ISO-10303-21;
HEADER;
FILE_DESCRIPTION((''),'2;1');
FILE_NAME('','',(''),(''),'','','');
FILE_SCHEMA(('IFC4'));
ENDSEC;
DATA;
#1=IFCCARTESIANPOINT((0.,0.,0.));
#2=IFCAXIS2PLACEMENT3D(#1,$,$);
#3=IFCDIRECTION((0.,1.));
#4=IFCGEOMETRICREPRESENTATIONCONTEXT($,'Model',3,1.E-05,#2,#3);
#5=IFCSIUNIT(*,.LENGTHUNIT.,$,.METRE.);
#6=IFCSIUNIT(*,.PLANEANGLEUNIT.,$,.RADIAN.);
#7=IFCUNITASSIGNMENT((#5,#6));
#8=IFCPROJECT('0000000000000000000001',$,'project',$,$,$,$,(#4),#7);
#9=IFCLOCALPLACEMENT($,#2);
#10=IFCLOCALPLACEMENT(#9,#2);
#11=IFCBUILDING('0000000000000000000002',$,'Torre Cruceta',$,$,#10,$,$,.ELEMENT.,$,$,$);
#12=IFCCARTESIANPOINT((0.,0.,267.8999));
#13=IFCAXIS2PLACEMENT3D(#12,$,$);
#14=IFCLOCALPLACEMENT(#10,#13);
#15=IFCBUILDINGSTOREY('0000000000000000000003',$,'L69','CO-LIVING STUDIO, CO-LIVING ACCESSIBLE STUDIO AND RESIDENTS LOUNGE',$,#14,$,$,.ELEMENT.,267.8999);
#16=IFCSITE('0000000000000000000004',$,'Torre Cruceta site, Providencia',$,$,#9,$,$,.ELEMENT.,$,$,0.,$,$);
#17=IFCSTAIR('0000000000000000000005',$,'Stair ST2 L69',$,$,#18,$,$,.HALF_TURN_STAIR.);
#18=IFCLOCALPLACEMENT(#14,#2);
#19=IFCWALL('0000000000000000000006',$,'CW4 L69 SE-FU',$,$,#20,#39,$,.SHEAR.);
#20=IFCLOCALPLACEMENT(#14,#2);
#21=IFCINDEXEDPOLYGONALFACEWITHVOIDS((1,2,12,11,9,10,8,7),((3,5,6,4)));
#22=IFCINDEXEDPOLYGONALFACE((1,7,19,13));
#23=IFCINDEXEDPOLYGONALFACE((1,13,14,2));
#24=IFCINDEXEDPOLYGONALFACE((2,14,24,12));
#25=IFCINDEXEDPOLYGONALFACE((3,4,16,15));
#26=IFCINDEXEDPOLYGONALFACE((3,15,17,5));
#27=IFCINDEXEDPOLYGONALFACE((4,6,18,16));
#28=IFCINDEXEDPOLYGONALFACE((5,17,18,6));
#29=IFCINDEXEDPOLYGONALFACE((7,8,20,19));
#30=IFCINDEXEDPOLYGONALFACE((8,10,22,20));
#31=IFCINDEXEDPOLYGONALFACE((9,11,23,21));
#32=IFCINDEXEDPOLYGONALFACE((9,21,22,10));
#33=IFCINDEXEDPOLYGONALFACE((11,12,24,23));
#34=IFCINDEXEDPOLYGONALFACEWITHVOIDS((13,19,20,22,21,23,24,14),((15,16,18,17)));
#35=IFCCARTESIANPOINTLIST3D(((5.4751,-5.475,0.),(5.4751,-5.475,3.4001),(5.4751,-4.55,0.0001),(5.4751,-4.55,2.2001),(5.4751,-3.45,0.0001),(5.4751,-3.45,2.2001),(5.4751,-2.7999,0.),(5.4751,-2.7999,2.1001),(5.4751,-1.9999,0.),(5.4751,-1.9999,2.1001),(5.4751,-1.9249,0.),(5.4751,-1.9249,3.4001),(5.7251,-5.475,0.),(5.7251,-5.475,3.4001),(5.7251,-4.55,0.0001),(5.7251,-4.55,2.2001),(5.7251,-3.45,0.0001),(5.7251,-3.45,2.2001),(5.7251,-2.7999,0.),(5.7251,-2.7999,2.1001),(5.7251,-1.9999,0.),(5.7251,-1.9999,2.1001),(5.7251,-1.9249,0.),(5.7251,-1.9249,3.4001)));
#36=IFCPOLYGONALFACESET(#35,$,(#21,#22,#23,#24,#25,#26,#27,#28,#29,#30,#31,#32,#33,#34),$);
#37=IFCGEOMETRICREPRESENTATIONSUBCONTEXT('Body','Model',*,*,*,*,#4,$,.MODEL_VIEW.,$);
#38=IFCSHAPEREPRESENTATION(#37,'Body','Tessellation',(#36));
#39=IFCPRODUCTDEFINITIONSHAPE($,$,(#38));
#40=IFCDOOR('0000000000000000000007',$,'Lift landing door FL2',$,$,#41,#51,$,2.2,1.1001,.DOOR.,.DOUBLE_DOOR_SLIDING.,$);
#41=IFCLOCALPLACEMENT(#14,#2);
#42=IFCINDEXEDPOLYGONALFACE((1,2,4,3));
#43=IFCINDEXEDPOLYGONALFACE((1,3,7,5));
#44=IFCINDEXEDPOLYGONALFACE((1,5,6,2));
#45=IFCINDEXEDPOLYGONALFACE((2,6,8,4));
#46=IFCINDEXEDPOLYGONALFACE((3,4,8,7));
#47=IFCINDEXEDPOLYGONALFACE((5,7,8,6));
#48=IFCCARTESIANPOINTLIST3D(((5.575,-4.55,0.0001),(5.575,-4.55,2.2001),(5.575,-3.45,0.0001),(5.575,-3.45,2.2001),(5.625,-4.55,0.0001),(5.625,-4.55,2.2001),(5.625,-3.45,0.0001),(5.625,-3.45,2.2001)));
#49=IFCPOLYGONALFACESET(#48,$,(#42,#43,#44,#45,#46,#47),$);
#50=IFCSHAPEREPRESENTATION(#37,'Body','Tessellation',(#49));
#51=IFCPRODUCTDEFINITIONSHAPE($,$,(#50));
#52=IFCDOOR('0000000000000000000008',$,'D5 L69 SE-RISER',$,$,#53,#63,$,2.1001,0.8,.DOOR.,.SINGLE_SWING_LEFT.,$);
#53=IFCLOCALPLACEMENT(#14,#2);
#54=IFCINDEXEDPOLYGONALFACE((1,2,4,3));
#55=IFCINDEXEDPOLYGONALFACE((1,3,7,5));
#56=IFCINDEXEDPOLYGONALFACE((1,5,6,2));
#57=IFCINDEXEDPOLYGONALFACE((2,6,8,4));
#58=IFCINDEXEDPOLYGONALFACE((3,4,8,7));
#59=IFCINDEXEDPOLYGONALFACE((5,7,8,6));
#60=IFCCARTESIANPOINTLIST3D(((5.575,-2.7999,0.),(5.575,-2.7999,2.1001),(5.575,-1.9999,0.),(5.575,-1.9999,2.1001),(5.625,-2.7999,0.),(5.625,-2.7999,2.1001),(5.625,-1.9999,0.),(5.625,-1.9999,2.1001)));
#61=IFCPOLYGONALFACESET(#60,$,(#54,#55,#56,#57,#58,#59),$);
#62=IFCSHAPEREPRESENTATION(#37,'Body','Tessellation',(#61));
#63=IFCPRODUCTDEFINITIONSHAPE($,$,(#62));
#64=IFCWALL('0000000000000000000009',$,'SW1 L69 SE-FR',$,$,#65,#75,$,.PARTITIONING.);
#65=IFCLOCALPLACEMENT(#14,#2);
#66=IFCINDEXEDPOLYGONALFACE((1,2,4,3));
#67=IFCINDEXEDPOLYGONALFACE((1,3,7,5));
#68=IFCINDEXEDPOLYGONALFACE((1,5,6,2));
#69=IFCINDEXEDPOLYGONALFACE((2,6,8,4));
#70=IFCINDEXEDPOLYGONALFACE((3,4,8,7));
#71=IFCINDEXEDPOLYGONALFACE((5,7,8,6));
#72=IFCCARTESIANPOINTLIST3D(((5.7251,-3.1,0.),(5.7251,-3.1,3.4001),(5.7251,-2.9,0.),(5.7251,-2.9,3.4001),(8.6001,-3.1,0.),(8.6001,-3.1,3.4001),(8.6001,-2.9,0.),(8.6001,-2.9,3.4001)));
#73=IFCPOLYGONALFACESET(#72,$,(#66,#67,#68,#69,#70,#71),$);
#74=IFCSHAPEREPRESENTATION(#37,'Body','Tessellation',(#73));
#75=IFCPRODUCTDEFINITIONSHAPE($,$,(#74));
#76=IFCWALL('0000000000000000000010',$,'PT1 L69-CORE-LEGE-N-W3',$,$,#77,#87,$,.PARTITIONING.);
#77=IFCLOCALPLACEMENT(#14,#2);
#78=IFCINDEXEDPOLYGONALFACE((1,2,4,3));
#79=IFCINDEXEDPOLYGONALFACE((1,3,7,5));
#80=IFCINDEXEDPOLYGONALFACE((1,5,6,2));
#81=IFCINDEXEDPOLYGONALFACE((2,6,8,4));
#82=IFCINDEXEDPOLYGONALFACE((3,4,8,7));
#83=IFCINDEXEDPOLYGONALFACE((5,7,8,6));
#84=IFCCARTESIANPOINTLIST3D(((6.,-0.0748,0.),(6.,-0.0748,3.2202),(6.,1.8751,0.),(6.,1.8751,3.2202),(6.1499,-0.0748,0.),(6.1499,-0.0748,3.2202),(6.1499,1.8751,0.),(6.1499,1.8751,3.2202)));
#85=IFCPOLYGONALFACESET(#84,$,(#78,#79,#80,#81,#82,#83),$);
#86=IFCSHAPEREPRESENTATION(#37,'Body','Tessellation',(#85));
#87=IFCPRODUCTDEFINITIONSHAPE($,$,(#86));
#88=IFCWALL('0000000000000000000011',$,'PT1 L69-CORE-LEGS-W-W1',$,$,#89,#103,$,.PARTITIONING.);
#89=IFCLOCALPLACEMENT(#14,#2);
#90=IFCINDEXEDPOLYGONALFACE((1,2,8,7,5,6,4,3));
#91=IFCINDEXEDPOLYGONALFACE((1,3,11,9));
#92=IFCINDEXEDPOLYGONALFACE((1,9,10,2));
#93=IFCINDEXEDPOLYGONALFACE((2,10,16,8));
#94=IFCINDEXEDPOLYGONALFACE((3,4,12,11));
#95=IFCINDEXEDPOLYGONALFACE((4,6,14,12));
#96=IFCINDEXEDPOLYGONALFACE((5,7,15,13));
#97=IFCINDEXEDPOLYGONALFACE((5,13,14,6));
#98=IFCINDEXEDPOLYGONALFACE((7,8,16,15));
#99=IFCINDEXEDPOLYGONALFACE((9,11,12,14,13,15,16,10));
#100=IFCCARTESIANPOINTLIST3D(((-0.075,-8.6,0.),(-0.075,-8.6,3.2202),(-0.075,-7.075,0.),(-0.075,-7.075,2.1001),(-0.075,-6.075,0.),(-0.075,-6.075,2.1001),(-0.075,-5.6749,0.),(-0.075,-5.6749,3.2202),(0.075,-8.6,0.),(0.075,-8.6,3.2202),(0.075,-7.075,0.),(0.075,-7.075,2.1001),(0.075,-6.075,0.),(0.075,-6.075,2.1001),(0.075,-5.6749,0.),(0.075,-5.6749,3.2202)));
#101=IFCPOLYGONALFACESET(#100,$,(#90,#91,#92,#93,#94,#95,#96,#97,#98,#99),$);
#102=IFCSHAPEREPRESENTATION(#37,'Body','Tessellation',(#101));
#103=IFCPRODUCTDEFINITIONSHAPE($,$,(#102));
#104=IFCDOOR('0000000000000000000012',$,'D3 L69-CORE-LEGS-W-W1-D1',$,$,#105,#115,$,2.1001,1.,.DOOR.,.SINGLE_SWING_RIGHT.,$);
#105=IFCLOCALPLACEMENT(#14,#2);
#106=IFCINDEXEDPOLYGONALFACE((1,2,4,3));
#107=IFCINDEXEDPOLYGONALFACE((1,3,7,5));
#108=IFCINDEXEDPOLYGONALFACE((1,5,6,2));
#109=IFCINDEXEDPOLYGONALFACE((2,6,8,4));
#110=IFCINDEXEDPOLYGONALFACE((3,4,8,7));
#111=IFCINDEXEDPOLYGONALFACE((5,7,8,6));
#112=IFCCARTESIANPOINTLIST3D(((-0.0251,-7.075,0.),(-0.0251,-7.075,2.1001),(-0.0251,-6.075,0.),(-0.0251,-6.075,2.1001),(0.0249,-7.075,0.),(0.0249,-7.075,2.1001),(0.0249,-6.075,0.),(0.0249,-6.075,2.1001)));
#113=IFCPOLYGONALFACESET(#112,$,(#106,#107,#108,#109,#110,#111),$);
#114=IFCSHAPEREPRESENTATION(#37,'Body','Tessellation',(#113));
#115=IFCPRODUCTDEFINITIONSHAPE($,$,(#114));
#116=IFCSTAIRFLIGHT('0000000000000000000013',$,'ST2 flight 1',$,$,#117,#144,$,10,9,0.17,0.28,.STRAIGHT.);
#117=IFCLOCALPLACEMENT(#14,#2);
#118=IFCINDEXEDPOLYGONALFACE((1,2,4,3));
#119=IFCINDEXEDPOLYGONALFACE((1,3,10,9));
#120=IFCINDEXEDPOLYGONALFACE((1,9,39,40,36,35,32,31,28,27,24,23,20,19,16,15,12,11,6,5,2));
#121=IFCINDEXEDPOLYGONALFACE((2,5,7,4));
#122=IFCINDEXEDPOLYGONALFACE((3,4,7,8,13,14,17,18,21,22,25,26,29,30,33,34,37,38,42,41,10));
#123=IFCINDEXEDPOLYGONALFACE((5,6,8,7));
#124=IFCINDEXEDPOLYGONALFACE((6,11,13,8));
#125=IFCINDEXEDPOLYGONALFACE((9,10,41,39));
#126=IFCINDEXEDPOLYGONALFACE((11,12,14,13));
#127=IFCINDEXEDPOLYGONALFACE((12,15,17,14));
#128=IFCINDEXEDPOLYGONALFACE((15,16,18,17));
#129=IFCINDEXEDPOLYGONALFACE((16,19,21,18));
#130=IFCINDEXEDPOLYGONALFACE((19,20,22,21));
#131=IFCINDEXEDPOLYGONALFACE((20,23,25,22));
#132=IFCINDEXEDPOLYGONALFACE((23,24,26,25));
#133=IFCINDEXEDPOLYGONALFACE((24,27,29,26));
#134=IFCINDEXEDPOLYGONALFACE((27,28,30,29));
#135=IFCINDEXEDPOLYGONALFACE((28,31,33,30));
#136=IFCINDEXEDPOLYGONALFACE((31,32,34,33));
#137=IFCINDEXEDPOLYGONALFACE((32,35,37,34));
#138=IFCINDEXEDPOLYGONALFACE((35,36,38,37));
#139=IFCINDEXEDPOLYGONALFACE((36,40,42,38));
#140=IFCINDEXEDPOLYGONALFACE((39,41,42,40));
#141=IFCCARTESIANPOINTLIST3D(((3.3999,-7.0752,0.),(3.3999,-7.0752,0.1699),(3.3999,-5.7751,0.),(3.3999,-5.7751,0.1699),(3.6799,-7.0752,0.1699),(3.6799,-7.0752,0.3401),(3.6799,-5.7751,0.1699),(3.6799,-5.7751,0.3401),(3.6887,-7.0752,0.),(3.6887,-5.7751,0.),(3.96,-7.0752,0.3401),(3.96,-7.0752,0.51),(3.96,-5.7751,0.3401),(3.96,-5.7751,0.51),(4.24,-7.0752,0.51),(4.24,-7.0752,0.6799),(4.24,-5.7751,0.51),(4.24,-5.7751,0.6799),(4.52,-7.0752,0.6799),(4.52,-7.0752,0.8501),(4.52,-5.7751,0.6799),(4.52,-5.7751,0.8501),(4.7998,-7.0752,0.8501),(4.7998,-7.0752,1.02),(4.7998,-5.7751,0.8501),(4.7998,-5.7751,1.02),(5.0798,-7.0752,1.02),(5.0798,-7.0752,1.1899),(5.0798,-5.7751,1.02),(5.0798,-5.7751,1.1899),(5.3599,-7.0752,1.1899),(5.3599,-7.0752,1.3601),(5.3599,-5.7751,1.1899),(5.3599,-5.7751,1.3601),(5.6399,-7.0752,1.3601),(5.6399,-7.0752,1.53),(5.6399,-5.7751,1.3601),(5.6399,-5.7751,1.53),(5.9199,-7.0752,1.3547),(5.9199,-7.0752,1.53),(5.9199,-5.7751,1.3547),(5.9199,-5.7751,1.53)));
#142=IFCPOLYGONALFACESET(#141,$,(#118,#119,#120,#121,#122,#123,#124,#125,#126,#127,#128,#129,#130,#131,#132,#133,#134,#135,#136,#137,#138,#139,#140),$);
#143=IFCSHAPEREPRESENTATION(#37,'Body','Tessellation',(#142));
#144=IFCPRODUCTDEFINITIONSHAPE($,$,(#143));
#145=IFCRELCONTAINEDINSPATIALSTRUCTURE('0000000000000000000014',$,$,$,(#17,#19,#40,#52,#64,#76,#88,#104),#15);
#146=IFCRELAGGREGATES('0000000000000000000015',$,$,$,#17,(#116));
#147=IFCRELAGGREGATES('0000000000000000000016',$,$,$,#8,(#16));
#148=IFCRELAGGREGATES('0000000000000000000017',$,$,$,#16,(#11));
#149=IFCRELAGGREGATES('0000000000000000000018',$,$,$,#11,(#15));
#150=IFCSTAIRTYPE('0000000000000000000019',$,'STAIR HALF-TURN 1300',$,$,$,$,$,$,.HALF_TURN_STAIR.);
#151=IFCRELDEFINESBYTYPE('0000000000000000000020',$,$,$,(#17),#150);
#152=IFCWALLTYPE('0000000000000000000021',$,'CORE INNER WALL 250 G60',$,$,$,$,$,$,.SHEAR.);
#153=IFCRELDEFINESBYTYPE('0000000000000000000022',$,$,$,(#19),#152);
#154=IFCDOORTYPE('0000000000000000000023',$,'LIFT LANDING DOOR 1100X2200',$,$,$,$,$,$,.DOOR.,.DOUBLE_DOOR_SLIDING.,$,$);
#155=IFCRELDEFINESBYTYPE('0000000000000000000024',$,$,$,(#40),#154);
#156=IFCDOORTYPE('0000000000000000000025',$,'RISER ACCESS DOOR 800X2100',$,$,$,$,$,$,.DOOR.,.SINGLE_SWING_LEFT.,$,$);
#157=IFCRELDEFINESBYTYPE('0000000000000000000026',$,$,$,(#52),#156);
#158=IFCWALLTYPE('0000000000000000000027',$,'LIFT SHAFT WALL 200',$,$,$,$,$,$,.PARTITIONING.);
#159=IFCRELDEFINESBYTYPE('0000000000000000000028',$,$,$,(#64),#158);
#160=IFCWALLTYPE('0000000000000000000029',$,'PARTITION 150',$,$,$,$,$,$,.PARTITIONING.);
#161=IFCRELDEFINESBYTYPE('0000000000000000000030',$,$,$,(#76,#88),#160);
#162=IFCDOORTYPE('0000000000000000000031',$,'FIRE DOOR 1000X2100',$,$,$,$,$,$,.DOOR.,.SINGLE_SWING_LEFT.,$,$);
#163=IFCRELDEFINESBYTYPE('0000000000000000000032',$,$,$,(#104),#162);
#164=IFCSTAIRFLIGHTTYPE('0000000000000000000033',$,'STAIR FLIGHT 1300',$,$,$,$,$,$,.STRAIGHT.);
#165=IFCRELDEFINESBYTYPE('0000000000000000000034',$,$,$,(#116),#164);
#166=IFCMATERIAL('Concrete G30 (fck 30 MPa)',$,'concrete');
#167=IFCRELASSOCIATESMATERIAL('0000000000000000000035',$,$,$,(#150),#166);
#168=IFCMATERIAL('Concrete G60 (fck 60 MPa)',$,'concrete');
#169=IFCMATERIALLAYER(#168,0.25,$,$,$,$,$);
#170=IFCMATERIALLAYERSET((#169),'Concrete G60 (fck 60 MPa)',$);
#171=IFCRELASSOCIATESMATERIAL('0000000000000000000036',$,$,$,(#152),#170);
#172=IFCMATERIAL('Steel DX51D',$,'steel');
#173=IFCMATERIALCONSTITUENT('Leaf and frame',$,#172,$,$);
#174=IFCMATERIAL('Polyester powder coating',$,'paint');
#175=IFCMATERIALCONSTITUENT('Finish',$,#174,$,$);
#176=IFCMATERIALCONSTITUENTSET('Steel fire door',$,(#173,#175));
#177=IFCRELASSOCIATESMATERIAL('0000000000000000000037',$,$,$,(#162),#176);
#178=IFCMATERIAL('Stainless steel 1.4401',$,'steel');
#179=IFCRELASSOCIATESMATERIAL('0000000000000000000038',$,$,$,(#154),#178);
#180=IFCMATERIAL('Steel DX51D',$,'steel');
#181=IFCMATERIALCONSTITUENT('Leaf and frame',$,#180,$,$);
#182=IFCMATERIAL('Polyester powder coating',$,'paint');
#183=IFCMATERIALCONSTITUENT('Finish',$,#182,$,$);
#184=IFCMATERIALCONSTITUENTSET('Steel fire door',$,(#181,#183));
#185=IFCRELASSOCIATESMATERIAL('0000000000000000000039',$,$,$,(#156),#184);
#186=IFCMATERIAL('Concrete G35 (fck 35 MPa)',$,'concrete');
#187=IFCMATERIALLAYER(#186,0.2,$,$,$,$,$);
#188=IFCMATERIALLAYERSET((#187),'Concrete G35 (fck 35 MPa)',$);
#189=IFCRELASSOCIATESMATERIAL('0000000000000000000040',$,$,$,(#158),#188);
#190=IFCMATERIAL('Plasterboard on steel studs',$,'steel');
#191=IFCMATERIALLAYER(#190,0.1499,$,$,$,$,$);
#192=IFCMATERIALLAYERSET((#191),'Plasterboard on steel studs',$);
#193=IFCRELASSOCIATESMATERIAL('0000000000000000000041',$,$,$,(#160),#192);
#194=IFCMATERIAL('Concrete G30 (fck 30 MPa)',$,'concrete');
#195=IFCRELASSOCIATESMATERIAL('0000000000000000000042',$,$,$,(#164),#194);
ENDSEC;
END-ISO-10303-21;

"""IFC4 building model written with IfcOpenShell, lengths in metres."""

from ifc_helpers import new_model, si_unit, direction, frame, frame_2d, origin, place, context, subcontext, project, spatial, polyline, rectangle, outline, extrude, material, layer, layer_set, constituent, constituent_set, type_object, element, fill, aggregate, save


model = new_model("IFC4")

# Units and contexts
model_context = context("Model", 3, precision=1e-05, world=origin(), true_north=direction((0.0, 1.0)))
body_context = subcontext(model_context, "Body", "Model", "MODEL_VIEW")
ifc_project = project(units=[si_unit("LENGTHUNIT", "METRE"), si_unit("PLANEANGLEUNIT", "RADIAN")], contexts=[model_context])

# Site, building, storey
site_placement = place(None, origin())
site = spatial("IfcSite", under=ifc_project, at=site_placement, Name="Torre Cruceta site, Providencia", CompositionType="ELEMENT", RefElevation=0.0)
building_placement = place(site_placement, origin())
building = spatial("IfcBuilding", under=site, at=building_placement, Name="Torre Cruceta", CompositionType="ELEMENT")
storey_placement = place(building_placement, frame((0.0, 0.0, 267.8999)))
storey = spatial("IfcBuildingStorey", under=building, at=storey_placement, Name="L69", Description="CO-LIVING STUDIO, CO-LIVING ACCESSIBLE STUDIO AND RESIDENTS LOUNGE", CompositionType="ELEMENT", Elevation=267.8999)

# Stair
ifc_material_1 = material(Name="Concrete G30 (fck 30 MPa)", Category="concrete")
stair_type = type_object("IfcStairType", Name="STAIR HALF-TURN 1300", PredefinedType="HALF_TURN_STAIR", material=ifc_material_1)
stair_1_placement = place(storey_placement, origin())
stair_1 = element("IfcStair", 1, at=stair_1_placement, inside=storey, type_object=stair_type, Name="Stair ST2 L69", PredefinedType="HALF_TURN_STAIR")

# Shared definitions
ifc_material_2 = material(Name="Concrete G60 (fck 60 MPa)", Category="concrete")
ifc_layer_1 = layer(ifc_material_2, 0.25)
ifc_layer_set_1 = layer_set([ifc_layer_1], Name="Concrete G60 (fck 60 MPa)")
wall_type_1 = type_object("IfcWallType", Name="CORE INNER WALL 250 G60", PredefinedType="SHEAR", material=ifc_layer_set_1)
ifc_material_3 = material(Name="Steel DX51D", Category="steel")
ifc_constituent_1 = constituent(ifc_material_3, Name="Leaf and frame")
ifc_material_4 = material(Name="Polyester powder coating", Category="paint")
ifc_constituent_2 = constituent(ifc_material_4, Name="Finish")
ifc_constituent_set_1 = constituent_set(constituents=[ifc_constituent_1, ifc_constituent_2], Name="Steel fire door")
door_type_1 = type_object("IfcDoorType", Name="FIRE DOOR 1000X2100", OperationType="SINGLE_SWING_LEFT", PredefinedType="DOOR", material=ifc_constituent_set_1)

# Wall, openings, doors
wall_1_placement = place(storey_placement, frame((5.6001, -1.925, 0.0), z_axis=(0.0, 0.0, 1.0), x_axis=(0.0, -1.0, 0.0)))
wall_1 = element("IfcWall", 2, at=wall_1_placement, inside=storey, type_object=wall_type_1, Name="CW4 L69 SE-FU", PredefinedType="SHEAR", context=body_context, shape_type="SweptSolid", body=[
    extrude(rectangle(XDim=3.55, YDim=0.25, at=frame_2d((1.7749, 0.0))), origin(), (0.0, 0.0, 1.0), 3.4001),
])
opening_1_placement = place(wall_1_placement, frame((1.5249, 0.0, 0.0)))
opening_1 = element("IfcOpeningElement", 3, at=opening_1_placement, cuts=wall_1, PredefinedType="OPENING", context=body_context, shape_type="SweptSolid", body=[
    extrude(rectangle(XDim=1.1001, YDim=2.2, at=frame_2d((0.55, 1.1001))), frame((0.0, 0.135, 0.0), z_axis=(0.0, -1.0, 0.0), x_axis=(1.0, 0.0, 0.0)), (0.0, 0.0, 1.0), 0.27),
])
opening_2_placement = place(wall_1_placement, frame((0.075, 0.0, 0.0)))
opening_2 = element("IfcOpeningElement", 4, at=opening_2_placement, cuts=wall_1, PredefinedType="OPENING", context=body_context, shape_type="SweptSolid", body=[
    extrude(rectangle(XDim=0.8, YDim=2.1001, at=frame_2d((0.3999, 1.05))), frame((0.0, 0.135, 0.0), z_axis=(0.0, -1.0, 0.0), x_axis=(1.0, 0.0, 0.0)), (0.0, 0.0, 1.0), 0.27),
])
ifc_material_5 = material(Name="Stainless steel 1.4401", Category="steel")
door_type_2 = type_object("IfcDoorType", Name="LIFT LANDING DOOR 1100X2200", OperationType="DOUBLE_DOOR_SLIDING", PredefinedType="DOOR", material=ifc_material_5)
door_1_placement = place(opening_1_placement, origin())
door_1 = element("IfcDoor", 5, at=door_1_placement, inside=storey, type_object=door_type_2, Name="Lift landing door FL2", OperationType="DOUBLE_DOOR_SLIDING", OverallHeight=2.2, OverallWidth=1.1001, PredefinedType="DOOR", context=body_context, shape_type="SweptSolid", body=[
    extrude(rectangle(XDim=1.1001, YDim=2.2, at=frame_2d((0.55, 1.1001))), frame((0.0, 0.0249, 0.0), z_axis=(0.0, -1.0, 0.0), x_axis=(1.0, 0.0, 0.0)), (0.0, 0.0, 1.0), 0.05),
])
fill(opening_1, door_1)
ifc_material_6 = material(Name="Steel DX51D", Category="steel")
ifc_constituent_3 = constituent(ifc_material_6, Name="Leaf and frame")
ifc_material_7 = material(Name="Polyester powder coating", Category="paint")
ifc_constituent_4 = constituent(ifc_material_7, Name="Finish")
ifc_constituent_set_2 = constituent_set(constituents=[ifc_constituent_3, ifc_constituent_4], Name="Steel fire door")
door_type_3 = type_object("IfcDoorType", Name="RISER ACCESS DOOR 800X2100", OperationType="SINGLE_SWING_LEFT", PredefinedType="DOOR", material=ifc_constituent_set_2)
door_2_placement = place(opening_2_placement, origin())
door_2 = element("IfcDoor", 6, at=door_2_placement, inside=storey, type_object=door_type_3, Name="D5 L69 SE-RISER", OperationType="SINGLE_SWING_LEFT", OverallHeight=2.1001, OverallWidth=0.8, PredefinedType="DOOR", context=body_context, shape_type="SweptSolid", body=[
    extrude(rectangle(XDim=0.8, YDim=2.1001, at=frame_2d((0.3999, 1.05))), frame((0.0, 0.0249, 0.0), z_axis=(0.0, -1.0, 0.0), x_axis=(1.0, 0.0, 0.0)), (0.0, 0.0, 1.0), 0.05),
])
fill(opening_2, door_2)

# Walls
ifc_material_8 = material(Name="Concrete G35 (fck 35 MPa)", Category="concrete")
ifc_layer_2 = layer(ifc_material_8, 0.2)
ifc_layer_set_2 = layer_set([ifc_layer_2], Name="Concrete G35 (fck 35 MPa)")
wall_type_2 = type_object("IfcWallType", Name="LIFT SHAFT WALL 200", PredefinedType="PARTITIONING", material=ifc_layer_set_2)
wall_2_placement = place(storey_placement, frame((5.7251, -3.0, 0.0), z_axis=(0.0, 0.0, 1.0), x_axis=(1.0, 0.0, 0.0)))
element("IfcWall", 7, at=wall_2_placement, inside=storey, type_object=wall_type_2, Name="SW1 L69 SE-FR", PredefinedType="PARTITIONING", context=body_context, shape_type="SweptSolid", body=[
    extrude(rectangle(XDim=2.875, YDim=0.2, at=frame_2d((1.4375, 0.0))), origin(), (0.0, 0.0, 1.0), 3.4001),
])
ifc_material_9 = material(Name="Plasterboard on steel studs", Category="steel")
ifc_layer_3 = layer(ifc_material_9, 0.1499)
ifc_layer_set_3 = layer_set([ifc_layer_3], Name="Plasterboard on steel studs")
wall_type_3 = type_object("IfcWallType", Name="PARTITION 150", PredefinedType="PARTITIONING", material=ifc_layer_set_3)
wall_3_placement = place(storey_placement, frame((6.075, -0.075, 0.0), z_axis=(0.0, 0.0, 1.0), x_axis=(0.0, 1.0, 0.0)))
element("IfcWall", 8, at=wall_3_placement, inside=storey, type_object=wall_type_3, Name="PT1 L69-CORE-LEGE-N-W3", PredefinedType="PARTITIONING", context=body_context, shape_type="SweptSolid", body=[
    extrude(rectangle(XDim=1.95, YDim=0.1499, at=frame_2d((0.9751, 0.0))), origin(), (0.0, 0.0, 1.0), 3.2202),
])

# Wall, opening, door
wall_4_placement = place(storey_placement, frame((0.0, -5.675, 0.0), z_axis=(0.0, 0.0, 1.0), x_axis=(0.0, -1.0, 0.0)))
wall_4 = element("IfcWall", 9, at=wall_4_placement, inside=storey, type_object=wall_type_3, Name="PT1 L69-CORE-LEGS-W-W1", PredefinedType="PARTITIONING", context=body_context, shape_type="SweptSolid", body=[
    extrude(rectangle(XDim=2.925, YDim=0.1499, at=frame_2d((1.4624, 0.0))), origin(), (0.0, 0.0, 1.0), 3.2202),
])
opening_3_placement = place(wall_4_placement, frame((0.3999, 0.0, 0.0)))
opening_3 = element("IfcOpeningElement", 10, at=opening_3_placement, cuts=wall_4, PredefinedType="OPENING", context=body_context, shape_type="SweptSolid", body=[
    extrude(rectangle(XDim=1.0, YDim=2.1001, at=frame_2d((0.5, 1.05))), frame((0.0, 0.085, 0.0), z_axis=(0.0, -1.0, 0.0), x_axis=(1.0, 0.0, 0.0)), (0.0, 0.0, 1.0), 0.1699),
])
door_3_placement = place(opening_3_placement, frame((1.0, 0.0, 0.0), z_axis=(0.0, 0.0, 1.0), x_axis=(-1.0, 0.0, 0.0)))
door_3 = element("IfcDoor", 11, at=door_3_placement, inside=storey, type_object=door_type_1, Name="D3 L69-CORE-LEGS-W-W1-D1", OperationType="SINGLE_SWING_RIGHT", OverallHeight=2.1001, OverallWidth=1.0, PredefinedType="DOOR", context=body_context, shape_type="SweptSolid", body=[
    extrude(rectangle(XDim=1.0, YDim=2.1001, at=frame_2d((0.5, 1.05))), frame((0.0, 0.0251, 0.0), z_axis=(0.0, -1.0, 0.0), x_axis=(1.0, 0.0, 0.0)), (0.0, 0.0, 1.0), 0.05),
])
fill(opening_3, door_3)

# Stair flight
ifc_material_10 = material(Name="Concrete G30 (fck 30 MPa)", Category="concrete")
stair_flight_type = type_object("IfcStairFlightType", Name="STAIR FLIGHT 1300", PredefinedType="STRAIGHT", material=ifc_material_10)
stair_flight_placement = place(storey_placement, frame((3.3999, -6.425, 0.0), z_axis=(0.0, 0.0, 1.0), x_axis=(1.0, 0.0, 0.0)))
stair_flight = element("IfcStairFlight", 12, at=stair_flight_placement, type_object=stair_flight_type, Name="ST2 flight 1", NumberOfRisers=10, NumberOfTreads=9, PredefinedType="STRAIGHT", RiserHeight=0.17, TreadLength=0.28, context=body_context, shape_type="SweptSolid", body=[
    extrude(outline(polyline([(0.0, 0.0), (0.0, 0.1699), (0.28, 0.1699), (0.28, 0.3401), (0.5601, 0.3401), (0.5601, 0.51), (0.8401, 0.51), (0.8401, 0.6799), (1.1201, 0.6799), (1.1201, 0.8501), (1.3999, 0.8501), (1.3999, 1.02), (1.6799, 1.02), (1.6799, 1.1899), (1.96, 1.1899), (1.96, 1.3601), (2.24, 1.3601), (2.24, 1.53), (2.52, 1.53), (2.52, 1.7), (2.52, 1.3547), (0.2888, 0.0), (0.0, 0.0)])), frame((0.0, 0.6499, 0.0), z_axis=(0.0, -1.0, 0.0), x_axis=(1.0, 0.0, 0.0)), (0.0, 0.0, 1.0), 1.3),
])
aggregate(stair_1, [stair_flight])

save(model, "model.ifc")
